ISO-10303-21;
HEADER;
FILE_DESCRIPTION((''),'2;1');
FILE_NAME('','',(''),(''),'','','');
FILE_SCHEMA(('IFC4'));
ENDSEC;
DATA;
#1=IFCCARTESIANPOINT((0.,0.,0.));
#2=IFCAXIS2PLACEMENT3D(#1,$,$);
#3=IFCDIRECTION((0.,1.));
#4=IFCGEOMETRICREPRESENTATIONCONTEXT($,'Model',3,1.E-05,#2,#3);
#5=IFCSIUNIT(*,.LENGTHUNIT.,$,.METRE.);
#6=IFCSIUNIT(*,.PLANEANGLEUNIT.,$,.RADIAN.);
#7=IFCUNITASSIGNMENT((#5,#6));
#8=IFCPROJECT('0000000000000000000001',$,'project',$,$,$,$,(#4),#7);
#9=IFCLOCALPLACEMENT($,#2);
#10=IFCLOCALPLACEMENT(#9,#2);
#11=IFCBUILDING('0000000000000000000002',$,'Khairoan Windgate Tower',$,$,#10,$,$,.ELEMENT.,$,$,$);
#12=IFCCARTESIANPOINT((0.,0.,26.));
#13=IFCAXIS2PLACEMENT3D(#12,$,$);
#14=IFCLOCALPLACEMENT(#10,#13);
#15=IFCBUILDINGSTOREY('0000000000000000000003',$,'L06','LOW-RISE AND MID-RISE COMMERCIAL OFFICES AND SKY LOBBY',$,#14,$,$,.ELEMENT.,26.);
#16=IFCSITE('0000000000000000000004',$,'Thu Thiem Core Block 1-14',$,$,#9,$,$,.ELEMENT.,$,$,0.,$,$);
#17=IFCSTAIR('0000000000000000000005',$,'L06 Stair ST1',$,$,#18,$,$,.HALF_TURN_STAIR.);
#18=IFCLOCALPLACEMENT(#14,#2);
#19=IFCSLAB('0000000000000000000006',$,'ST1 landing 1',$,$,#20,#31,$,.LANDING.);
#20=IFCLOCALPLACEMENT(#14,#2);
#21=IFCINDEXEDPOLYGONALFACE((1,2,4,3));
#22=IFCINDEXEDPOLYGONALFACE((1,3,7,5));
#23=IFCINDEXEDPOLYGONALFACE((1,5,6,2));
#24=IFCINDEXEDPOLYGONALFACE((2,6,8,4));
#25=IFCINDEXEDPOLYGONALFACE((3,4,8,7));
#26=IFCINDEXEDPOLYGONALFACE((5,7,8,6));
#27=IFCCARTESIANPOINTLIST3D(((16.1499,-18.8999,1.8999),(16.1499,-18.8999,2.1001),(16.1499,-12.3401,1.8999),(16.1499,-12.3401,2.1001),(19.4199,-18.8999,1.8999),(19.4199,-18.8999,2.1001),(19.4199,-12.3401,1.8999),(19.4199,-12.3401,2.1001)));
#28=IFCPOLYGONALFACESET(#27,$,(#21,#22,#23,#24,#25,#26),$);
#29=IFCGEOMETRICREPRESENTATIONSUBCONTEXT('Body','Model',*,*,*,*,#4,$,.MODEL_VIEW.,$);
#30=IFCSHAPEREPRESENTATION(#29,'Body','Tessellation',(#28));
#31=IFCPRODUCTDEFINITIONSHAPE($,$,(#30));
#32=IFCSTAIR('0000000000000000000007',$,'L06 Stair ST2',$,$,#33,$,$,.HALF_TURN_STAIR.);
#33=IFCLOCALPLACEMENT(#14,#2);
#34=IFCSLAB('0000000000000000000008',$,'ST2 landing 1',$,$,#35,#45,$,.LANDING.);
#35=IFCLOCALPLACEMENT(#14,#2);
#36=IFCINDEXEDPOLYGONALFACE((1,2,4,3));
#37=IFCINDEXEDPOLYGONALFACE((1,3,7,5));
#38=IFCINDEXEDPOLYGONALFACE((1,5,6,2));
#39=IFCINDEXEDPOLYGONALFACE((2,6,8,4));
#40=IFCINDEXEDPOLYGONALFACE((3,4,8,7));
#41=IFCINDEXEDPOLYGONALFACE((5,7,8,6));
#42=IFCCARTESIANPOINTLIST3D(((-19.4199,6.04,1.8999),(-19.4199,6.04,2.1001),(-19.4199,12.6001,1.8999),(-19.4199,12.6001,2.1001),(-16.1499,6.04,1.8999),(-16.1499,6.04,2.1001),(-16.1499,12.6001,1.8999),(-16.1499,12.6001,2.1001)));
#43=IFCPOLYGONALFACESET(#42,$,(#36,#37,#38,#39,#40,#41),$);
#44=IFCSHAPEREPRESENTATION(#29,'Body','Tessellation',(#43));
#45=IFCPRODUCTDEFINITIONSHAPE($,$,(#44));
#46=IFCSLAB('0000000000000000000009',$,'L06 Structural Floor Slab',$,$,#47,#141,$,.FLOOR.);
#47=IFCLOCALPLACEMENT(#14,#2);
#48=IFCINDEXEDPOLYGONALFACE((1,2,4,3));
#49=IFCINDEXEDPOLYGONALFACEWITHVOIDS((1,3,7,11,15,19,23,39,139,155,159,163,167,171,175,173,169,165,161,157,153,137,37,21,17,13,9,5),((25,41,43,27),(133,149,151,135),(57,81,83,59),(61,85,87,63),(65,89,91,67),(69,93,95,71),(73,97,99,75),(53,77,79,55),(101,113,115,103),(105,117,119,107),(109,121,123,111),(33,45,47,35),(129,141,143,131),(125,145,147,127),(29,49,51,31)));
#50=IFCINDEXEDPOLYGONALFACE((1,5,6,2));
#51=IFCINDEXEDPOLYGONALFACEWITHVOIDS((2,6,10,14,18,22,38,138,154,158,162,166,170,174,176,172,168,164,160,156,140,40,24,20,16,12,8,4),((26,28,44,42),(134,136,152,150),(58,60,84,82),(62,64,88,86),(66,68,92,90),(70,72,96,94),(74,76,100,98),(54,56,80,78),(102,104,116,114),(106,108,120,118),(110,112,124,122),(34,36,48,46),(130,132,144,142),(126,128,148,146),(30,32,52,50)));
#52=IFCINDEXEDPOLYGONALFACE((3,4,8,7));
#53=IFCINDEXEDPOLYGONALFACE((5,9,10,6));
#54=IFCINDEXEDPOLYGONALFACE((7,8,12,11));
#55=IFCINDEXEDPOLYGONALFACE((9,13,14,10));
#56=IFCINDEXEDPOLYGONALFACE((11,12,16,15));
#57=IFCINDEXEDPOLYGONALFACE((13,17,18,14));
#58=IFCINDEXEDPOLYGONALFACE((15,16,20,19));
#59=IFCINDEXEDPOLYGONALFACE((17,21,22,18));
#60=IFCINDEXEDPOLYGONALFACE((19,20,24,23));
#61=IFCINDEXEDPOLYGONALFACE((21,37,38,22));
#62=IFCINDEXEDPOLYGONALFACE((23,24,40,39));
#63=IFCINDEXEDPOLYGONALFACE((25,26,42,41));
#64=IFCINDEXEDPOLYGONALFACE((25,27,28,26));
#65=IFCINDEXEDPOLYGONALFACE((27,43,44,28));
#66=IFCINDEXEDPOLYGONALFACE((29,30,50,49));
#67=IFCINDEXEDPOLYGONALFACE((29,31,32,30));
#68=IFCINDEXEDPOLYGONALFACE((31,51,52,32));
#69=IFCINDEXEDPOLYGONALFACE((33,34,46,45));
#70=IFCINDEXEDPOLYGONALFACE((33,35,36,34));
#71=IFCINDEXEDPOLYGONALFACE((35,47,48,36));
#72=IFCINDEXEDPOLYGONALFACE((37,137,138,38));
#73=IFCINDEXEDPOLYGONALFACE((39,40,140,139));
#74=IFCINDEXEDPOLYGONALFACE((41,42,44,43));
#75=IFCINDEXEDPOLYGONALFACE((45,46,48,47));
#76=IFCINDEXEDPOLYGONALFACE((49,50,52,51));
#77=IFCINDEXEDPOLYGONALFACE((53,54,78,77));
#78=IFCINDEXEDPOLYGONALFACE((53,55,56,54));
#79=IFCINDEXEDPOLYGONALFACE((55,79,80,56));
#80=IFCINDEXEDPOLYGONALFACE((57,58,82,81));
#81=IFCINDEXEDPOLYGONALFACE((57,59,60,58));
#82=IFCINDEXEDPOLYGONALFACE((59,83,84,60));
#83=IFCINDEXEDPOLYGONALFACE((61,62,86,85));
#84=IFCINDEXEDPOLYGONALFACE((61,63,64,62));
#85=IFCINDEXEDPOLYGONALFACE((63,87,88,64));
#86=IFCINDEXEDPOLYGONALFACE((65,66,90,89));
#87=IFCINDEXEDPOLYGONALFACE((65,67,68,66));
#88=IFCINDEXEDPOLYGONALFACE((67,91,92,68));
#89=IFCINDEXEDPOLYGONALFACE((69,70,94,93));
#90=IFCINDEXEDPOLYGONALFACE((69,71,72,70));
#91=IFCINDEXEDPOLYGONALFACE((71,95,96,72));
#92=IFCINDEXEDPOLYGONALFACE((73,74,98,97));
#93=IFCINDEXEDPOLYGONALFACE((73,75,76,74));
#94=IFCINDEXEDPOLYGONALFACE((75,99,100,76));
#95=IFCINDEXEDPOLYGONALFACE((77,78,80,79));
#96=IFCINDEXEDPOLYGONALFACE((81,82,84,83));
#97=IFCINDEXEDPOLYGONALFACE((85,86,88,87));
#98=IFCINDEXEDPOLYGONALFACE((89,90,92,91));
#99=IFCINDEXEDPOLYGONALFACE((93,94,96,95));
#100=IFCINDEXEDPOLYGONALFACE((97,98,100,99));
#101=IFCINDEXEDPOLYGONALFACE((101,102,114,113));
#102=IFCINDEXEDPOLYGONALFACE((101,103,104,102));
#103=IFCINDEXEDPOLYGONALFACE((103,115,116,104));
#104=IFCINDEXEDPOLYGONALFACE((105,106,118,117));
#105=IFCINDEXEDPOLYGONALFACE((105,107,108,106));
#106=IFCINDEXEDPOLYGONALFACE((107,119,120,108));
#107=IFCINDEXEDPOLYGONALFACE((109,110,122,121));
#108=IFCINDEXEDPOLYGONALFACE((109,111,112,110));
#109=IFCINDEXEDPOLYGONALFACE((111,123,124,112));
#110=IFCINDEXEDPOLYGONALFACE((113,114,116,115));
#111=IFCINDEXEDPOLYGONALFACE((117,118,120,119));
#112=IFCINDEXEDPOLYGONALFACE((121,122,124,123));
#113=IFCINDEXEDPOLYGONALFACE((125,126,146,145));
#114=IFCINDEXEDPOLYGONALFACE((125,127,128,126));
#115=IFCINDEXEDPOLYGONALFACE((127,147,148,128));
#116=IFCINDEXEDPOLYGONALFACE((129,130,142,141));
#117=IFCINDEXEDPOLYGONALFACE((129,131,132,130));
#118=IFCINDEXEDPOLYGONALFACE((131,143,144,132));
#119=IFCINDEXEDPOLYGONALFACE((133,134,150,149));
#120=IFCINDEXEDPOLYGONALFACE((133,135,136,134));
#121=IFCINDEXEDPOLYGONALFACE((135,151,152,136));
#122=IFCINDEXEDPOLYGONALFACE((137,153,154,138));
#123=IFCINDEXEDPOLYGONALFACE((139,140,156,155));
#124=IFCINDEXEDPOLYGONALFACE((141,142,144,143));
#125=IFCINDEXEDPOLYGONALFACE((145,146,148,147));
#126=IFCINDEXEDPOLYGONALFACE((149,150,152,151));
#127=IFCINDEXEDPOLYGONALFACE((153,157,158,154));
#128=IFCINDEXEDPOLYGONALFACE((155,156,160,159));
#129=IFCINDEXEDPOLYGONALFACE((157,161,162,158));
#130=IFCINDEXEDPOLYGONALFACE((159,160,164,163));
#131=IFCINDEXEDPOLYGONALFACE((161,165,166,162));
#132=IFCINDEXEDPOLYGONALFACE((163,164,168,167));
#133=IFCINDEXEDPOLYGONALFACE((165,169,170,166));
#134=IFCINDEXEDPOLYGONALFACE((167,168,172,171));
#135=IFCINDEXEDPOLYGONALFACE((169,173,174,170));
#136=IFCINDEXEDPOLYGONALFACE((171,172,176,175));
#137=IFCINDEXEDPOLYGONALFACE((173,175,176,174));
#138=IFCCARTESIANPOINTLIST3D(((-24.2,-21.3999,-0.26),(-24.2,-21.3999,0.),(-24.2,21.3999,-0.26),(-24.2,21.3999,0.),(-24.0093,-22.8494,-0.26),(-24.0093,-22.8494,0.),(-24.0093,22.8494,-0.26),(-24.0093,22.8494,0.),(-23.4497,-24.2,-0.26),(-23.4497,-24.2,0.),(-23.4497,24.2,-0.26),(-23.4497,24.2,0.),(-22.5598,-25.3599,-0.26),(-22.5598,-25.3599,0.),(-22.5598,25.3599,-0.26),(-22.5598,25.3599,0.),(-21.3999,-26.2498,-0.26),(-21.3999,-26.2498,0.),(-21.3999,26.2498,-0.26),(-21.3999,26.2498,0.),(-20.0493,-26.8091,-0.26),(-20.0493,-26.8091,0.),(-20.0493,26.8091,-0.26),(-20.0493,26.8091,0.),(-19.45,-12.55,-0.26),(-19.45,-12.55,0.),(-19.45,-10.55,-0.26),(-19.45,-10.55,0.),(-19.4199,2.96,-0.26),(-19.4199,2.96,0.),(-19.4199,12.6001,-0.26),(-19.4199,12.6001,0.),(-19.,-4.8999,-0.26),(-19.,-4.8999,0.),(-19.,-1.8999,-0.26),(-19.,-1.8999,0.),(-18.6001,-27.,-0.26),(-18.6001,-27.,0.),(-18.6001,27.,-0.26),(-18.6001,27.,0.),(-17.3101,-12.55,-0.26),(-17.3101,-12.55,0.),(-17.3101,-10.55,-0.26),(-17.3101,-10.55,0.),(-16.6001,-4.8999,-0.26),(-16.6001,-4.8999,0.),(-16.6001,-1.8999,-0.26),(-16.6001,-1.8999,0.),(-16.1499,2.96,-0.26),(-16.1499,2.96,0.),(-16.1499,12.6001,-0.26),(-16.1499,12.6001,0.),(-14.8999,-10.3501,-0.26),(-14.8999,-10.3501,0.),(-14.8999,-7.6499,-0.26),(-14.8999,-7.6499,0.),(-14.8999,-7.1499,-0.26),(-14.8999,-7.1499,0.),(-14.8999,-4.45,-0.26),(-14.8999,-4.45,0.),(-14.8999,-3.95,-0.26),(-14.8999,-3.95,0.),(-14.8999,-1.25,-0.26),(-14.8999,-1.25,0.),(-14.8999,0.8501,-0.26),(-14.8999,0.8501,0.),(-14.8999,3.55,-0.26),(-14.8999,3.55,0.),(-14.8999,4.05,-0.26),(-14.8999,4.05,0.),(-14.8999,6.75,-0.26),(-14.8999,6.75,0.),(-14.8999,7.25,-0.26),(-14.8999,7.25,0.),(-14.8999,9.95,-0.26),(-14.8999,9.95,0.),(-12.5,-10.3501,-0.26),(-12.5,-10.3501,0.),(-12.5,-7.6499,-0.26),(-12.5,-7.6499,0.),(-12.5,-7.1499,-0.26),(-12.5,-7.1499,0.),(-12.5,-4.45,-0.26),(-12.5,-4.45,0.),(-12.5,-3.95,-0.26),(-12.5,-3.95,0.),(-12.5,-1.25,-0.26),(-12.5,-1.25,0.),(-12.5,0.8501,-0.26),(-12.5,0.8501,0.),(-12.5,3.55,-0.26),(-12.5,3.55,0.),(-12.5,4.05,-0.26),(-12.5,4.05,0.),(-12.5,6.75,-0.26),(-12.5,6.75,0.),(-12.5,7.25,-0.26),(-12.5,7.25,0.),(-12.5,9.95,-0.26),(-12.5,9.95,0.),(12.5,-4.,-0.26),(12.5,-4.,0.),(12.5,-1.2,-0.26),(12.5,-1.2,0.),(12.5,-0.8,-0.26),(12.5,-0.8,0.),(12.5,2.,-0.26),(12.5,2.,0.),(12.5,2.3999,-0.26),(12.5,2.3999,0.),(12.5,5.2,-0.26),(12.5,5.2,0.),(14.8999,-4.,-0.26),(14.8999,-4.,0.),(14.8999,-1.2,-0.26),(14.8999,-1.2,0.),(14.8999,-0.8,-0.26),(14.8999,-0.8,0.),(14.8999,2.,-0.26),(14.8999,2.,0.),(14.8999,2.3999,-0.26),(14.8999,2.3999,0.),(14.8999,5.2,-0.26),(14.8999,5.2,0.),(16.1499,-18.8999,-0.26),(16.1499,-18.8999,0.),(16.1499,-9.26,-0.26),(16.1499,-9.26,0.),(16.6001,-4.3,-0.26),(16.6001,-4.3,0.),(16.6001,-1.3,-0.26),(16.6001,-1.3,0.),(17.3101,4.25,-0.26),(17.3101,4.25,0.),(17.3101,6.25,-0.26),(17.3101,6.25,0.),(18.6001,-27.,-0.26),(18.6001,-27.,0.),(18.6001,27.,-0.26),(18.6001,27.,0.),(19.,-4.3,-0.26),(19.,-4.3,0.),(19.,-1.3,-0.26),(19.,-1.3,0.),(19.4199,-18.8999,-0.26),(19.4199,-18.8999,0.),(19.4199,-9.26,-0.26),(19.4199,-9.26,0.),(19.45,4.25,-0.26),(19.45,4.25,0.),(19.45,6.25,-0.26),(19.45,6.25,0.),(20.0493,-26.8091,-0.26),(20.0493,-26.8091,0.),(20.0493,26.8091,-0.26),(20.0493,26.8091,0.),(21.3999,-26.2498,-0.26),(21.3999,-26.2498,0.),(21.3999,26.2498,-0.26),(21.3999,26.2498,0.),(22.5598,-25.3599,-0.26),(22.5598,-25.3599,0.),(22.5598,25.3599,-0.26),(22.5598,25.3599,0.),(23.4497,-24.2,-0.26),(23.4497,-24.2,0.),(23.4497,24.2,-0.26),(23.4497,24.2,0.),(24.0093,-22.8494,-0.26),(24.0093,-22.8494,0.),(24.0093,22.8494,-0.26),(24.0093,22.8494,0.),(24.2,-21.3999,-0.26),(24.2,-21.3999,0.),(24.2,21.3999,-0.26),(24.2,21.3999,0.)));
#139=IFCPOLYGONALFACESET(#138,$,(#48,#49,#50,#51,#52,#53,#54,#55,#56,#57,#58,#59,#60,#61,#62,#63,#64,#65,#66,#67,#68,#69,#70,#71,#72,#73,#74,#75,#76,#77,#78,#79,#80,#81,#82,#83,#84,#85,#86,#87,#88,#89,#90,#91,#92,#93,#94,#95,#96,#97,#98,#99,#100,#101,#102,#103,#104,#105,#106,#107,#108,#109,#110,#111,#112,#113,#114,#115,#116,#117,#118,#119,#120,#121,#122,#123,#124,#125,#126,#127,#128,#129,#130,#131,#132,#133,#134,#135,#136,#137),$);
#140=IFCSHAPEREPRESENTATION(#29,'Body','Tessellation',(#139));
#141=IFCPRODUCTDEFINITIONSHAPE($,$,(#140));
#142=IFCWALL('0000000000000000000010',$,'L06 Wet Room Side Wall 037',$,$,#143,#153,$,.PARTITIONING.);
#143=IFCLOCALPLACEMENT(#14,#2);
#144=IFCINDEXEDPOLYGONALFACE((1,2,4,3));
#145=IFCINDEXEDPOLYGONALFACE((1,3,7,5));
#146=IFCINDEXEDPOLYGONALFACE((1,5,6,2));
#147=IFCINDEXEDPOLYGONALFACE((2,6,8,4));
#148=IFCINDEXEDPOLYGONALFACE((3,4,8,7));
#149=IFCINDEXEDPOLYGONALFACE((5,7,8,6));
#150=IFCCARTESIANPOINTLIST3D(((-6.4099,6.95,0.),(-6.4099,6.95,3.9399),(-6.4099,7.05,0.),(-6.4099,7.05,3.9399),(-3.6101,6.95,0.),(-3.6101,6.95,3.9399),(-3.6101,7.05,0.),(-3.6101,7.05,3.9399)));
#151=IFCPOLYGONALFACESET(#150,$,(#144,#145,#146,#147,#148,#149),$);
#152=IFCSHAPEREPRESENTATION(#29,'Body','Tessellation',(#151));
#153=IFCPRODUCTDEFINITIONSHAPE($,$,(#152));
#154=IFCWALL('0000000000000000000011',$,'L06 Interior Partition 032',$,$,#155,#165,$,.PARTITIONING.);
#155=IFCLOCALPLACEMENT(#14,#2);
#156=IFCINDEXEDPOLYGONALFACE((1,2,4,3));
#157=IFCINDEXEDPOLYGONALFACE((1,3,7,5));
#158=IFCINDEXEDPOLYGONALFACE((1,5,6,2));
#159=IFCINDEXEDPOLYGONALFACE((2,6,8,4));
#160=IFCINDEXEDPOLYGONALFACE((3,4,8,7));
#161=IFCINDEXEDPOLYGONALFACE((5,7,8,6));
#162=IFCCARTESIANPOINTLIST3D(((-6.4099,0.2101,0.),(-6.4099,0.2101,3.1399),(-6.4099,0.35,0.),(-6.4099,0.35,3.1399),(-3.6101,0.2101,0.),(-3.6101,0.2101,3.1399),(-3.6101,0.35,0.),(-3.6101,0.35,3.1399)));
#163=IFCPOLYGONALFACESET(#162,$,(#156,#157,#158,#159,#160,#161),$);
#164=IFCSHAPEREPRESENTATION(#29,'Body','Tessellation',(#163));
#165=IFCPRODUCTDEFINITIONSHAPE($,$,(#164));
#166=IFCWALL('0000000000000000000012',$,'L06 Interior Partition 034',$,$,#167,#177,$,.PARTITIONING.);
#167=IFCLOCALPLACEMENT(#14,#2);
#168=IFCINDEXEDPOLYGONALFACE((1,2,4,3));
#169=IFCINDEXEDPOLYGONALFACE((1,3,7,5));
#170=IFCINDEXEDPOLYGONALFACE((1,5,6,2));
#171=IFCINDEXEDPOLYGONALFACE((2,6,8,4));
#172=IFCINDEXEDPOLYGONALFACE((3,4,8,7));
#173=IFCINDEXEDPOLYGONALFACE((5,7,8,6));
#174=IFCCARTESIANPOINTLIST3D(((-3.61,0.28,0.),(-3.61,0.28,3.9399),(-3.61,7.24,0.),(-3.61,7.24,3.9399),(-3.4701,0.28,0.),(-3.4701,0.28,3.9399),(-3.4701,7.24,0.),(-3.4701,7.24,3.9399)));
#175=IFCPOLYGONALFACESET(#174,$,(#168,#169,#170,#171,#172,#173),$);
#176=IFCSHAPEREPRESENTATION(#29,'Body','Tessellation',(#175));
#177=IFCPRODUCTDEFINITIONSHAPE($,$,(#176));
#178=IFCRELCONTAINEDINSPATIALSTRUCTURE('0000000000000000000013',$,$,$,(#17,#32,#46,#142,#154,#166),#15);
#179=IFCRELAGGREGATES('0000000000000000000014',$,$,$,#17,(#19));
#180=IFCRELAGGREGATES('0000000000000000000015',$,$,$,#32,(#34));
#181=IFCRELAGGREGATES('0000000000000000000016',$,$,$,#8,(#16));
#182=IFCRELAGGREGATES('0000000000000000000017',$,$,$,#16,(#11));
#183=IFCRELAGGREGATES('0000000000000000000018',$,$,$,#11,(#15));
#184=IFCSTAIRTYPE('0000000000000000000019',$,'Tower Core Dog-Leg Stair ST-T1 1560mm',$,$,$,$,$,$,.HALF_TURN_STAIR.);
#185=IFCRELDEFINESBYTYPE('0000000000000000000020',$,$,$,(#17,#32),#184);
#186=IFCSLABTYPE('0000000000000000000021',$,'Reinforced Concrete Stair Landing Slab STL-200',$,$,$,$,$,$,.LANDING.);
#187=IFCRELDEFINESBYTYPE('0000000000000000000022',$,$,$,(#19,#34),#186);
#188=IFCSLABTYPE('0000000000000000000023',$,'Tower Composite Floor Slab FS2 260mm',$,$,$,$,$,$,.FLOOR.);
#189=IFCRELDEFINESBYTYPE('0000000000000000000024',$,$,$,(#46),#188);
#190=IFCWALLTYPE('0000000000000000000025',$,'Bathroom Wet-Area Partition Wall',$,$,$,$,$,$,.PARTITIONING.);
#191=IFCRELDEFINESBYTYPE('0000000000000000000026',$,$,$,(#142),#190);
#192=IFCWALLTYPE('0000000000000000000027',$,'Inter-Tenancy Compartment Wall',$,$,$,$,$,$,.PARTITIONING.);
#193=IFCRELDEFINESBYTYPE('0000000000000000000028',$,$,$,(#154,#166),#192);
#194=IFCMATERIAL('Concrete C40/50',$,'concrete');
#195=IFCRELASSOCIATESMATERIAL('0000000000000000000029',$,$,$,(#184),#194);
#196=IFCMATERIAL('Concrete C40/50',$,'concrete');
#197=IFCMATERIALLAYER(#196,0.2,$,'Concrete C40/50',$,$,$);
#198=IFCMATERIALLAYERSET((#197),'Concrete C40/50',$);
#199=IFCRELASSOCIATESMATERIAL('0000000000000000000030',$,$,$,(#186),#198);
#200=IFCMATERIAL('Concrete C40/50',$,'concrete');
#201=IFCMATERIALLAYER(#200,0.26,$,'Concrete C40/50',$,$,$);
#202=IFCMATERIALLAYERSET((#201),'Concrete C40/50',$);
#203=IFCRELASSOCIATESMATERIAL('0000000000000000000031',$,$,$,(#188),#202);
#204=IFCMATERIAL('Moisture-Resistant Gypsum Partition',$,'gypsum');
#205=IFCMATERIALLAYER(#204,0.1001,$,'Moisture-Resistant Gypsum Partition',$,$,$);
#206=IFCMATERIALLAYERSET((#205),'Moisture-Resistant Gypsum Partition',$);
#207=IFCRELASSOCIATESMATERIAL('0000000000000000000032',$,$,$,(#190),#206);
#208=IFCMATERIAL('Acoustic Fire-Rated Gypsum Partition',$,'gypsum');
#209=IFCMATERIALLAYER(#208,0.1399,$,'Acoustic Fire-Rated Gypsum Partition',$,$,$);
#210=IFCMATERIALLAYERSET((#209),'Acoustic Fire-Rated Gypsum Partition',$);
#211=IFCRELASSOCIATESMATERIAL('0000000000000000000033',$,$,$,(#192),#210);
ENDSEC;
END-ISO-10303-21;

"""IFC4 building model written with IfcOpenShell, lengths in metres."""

from ifc_helpers import new_model, si_unit, direction, frame, frame_2d, origin, place, context, subcontext, project, spatial, polyline, rectangle, outline, extrude, material, layer, layer_set, type_object, element, aggregate, save


model = new_model("IFC4")

# Units and contexts
model_context = context("Model", 3, precision=1e-05, world=origin(), true_north=direction((0.0, 1.0)))
body_context = subcontext(model_context, "Body", "Model", "MODEL_VIEW")
ifc_project = project(units=[si_unit("LENGTHUNIT", "METRE"), si_unit("PLANEANGLEUNIT", "RADIAN")], contexts=[model_context])

# Site, building, storey
site_placement = place(None, origin())
site = spatial("IfcSite", under=ifc_project, at=site_placement, Name="Thu Thiem Core Block 1-14", CompositionType="ELEMENT", RefElevation=0.0)
building_placement = place(site_placement, origin())
building = spatial("IfcBuilding", under=site, at=building_placement, Name="Khairoan Windgate Tower", CompositionType="ELEMENT")
storey_placement = place(building_placement, frame((0.0, 0.0, 26.0)))
storey = spatial("IfcBuildingStorey", under=building, at=storey_placement, Name="L06", Description="LOW-RISE AND MID-RISE COMMERCIAL OFFICES AND SKY LOBBY", CompositionType="ELEMENT", Elevation=26.0)

# Stairs, slabs
ifc_material_1 = material(Name="Concrete C40/50", Category="concrete")
stair_type = type_object("IfcStairType", Name="Tower Core Dog-Leg Stair ST-T1 1560mm", PredefinedType="HALF_TURN_STAIR", material=ifc_material_1)
stair_1_placement = place(storey_placement, origin())
stair_1 = element("IfcStair", 1, at=stair_1_placement, inside=storey, type_object=stair_type, Name="L06 Stair ST1", PredefinedType="HALF_TURN_STAIR")
ifc_material_2 = material(Name="Concrete C40/50", Category="concrete")
ifc_layer_1 = layer(ifc_material_2, 0.2, Name="Concrete C40/50")
ifc_layer_set_1 = layer_set([ifc_layer_1], Name="Concrete C40/50")
slab_type_1 = type_object("IfcSlabType", Name="Reinforced Concrete Stair Landing Slab STL-200", PredefinedType="LANDING", material=ifc_layer_set_1)
slab_1_placement = place(storey_placement, frame((0.0, 0.0, 1.8999)))
slab_1 = element("IfcSlab", 2, at=slab_1_placement, type_object=slab_type_1, Name="ST1 landing 1", PredefinedType="LANDING", context=body_context, shape_type="SweptSolid", body=[
    extrude(outline(polyline([(16.1499, -12.3401), (16.1499, -18.8999), (19.4199, -18.8999), (19.4199, -12.3401), (16.1499, -12.3401)])), origin(), (0.0, 0.0, 1.0), 0.2002),
])
aggregate(stair_1, [slab_1])
stair_2_placement = place(storey_placement, origin())
stair_2 = element("IfcStair", 3, at=stair_2_placement, inside=storey, type_object=stair_type, Name="L06 Stair ST2", PredefinedType="HALF_TURN_STAIR")
slab_2_placement = place(storey_placement, frame((0.0, 0.0, 1.8999)))
slab_2 = element("IfcSlab", 4, at=slab_2_placement, type_object=slab_type_1, Name="ST2 landing 1", PredefinedType="LANDING", context=body_context, shape_type="SweptSolid", body=[
    extrude(outline(polyline([(-16.1499, 6.04), (-16.1499, 12.6001), (-19.4199, 12.6001), (-19.4199, 6.04), (-16.1499, 6.04)])), origin(), (0.0, 0.0, 1.0), 0.2002),
])
aggregate(stair_2, [slab_2])

# Slab
ifc_material_3 = material(Name="Concrete C40/50", Category="concrete")
ifc_layer_2 = layer(ifc_material_3, 0.26, Name="Concrete C40/50")
ifc_layer_set_2 = layer_set([ifc_layer_2], Name="Concrete C40/50")
slab_type_2 = type_object("IfcSlabType", Name="Tower Composite Floor Slab FS2 260mm", PredefinedType="FLOOR", material=ifc_layer_set_2)
slab_3_placement = place(storey_placement, frame((0.0, 0.0, -0.26)))
element("IfcSlab", 5, at=slab_3_placement, inside=storey, type_object=slab_type_2, Name="L06 Structural Floor Slab", PredefinedType="FLOOR", context=body_context, shape_type="SweptSolid", body=[
    extrude(outline(polyline([(18.6001, -27.0), (20.0493, -26.8091), (21.3999, -26.2498), (22.5598, -25.3599), (23.4497, -24.2), (24.0093, -22.8494), (24.2, -21.3999), (24.2, 21.3999), (24.0093, 22.8494), (23.4497, 24.2), (22.5598, 25.3599), (21.3999, 26.2498), (20.0493, 26.8091), (18.6001, 27.0), (-18.6001, 27.0), (-20.0493, 26.8091), (-21.3999, 26.2498), (-22.5598, 25.3599), (-23.4497, 24.2), (-24.0093, 22.8494), (-24.2, 21.3999), (-24.2, -21.3999), (-24.0093, -22.8494), (-23.4497, -24.2), (-22.5598, -25.3599), (-21.3999, -26.2498), (-20.0493, -26.8091), (-18.6001, -27.0), (18.6001, -27.0)]), holes=[polyline([(16.1499, -9.26), (16.1499, -18.8999), (19.4199, -18.8999), (19.4199, -9.26), (16.1499, -9.26)]), polyline([(-16.1499, 2.96), (-16.1499, 12.6001), (-19.4199, 12.6001), (-19.4199, 2.96), (-16.1499, 2.96)]), polyline([(-14.8999, 7.25), (-12.5, 7.25), (-12.5, 9.95), (-14.8999, 9.95), (-14.8999, 7.25)]), polyline([(-14.8999, 4.05), (-12.5, 4.05), (-12.5, 6.75), (-14.8999, 6.75), (-14.8999, 4.05)]), polyline([(-14.8999, 0.8501), (-12.5, 0.8501), (-12.5, 3.55), (-14.8999, 3.55), (-14.8999, 0.8501)]), polyline([(-14.8999, -3.95), (-12.5, -3.95), (-12.5, -1.25), (-14.8999, -1.25), (-14.8999, -3.95)]), polyline([(-14.8999, -7.1499), (-12.5, -7.1499), (-12.5, -4.45), (-14.8999, -4.45), (-14.8999, -7.1499)]), polyline([(-14.8999, -10.3501), (-12.5, -10.3501), (-12.5, -7.6499), (-14.8999, -7.6499), (-14.8999, -10.3501)]), polyline([(12.5, 2.3999), (14.8999, 2.3999), (14.8999, 5.2), (12.5, 5.2), (12.5, 2.3999)]), polyline([(12.5, -0.8), (14.8999, -0.8), (14.8999, 2.0), (12.5, 2.0), (12.5, -0.8)]), polyline([(12.5, -4.0), (14.8999, -4.0), (14.8999, -1.2), (12.5, -1.2), (12.5, -4.0)]), polyline([(16.6001, -4.3), (19.0, -4.3), (19.0, -1.3), (16.6001, -1.3), (16.6001, -4.3)]), polyline([(-19.0, -4.8999), (-16.6001, -4.8999), (-16.6001, -1.8999), (-19.0, -1.8999), (-19.0, -4.8999)]), polyline([(-19.45, -12.55), (-17.3101, -12.55), (-17.3101, -10.55), (-19.45, -10.55), (-19.45, -12.55)]), polyline([(17.3101, 4.25), (19.45, 4.25), (19.45, 6.25), (17.3101, 6.25), (17.3101, 4.25)])]), origin(), (0.0, 0.0, 1.0), 0.26),
])

# Walls
ifc_material_4 = material(Name="Moisture-Resistant Gypsum Partition", Category="gypsum")
ifc_layer_3 = layer(ifc_material_4, 0.1001, Name="Moisture-Resistant Gypsum Partition")
ifc_layer_set_3 = layer_set([ifc_layer_3], Name="Moisture-Resistant Gypsum Partition")
wall_type_1 = type_object("IfcWallType", Name="Bathroom Wet-Area Partition Wall", PredefinedType="PARTITIONING", material=ifc_layer_set_3)
wall_1_placement = place(storey_placement, frame((-6.4099, 7.0, 0.0), z_axis=(0.0, 0.0, 1.0), x_axis=(1.0, 0.0, 0.0)))
element("IfcWall", 6, at=wall_1_placement, inside=storey, type_object=wall_type_1, Name="L06 Wet Room Side Wall 037", PredefinedType="PARTITIONING", context=body_context, shape_type="SweptSolid", body=[
    extrude(rectangle(XDim=2.7998, YDim=0.1001, at=frame_2d((1.3999, 0.0))), origin(), (0.0, 0.0, 1.0), 3.9399),
])
ifc_material_5 = material(Name="Acoustic Fire-Rated Gypsum Partition", Category="gypsum")
ifc_layer_4 = layer(ifc_material_5, 0.1399, Name="Acoustic Fire-Rated Gypsum Partition")
ifc_layer_set_4 = layer_set([ifc_layer_4], Name="Acoustic Fire-Rated Gypsum Partition")
wall_type_2 = type_object("IfcWallType", Name="Inter-Tenancy Compartment Wall", PredefinedType="PARTITIONING", material=ifc_layer_set_4)
wall_2_placement = place(storey_placement, frame((-6.4099, 0.28, 0.0), z_axis=(0.0, 0.0, 1.0), x_axis=(1.0, 0.0, 0.0)))
element("IfcWall", 7, at=wall_2_placement, inside=storey, type_object=wall_type_2, Name="L06 Interior Partition 032", PredefinedType="PARTITIONING", context=body_context, shape_type="SweptSolid", body=[
    extrude(rectangle(XDim=2.7998, YDim=0.1399, at=frame_2d((1.3999, 0.0))), origin(), (0.0, 0.0, 1.0), 3.1399),
])
wall_3_placement = place(storey_placement, frame((-3.54, 0.28, 0.0), z_axis=(0.0, 0.0, 1.0), x_axis=(0.0, 1.0, 0.0)))
element("IfcWall", 8, at=wall_3_placement, inside=storey, type_object=wall_type_2, Name="L06 Interior Partition 034", PredefinedType="PARTITIONING", context=body_context, shape_type="SweptSolid", body=[
    extrude(rectangle(XDim=6.96, YDim=0.1399, at=frame_2d((3.48, 0.0))), origin(), (0.0, 0.0, 1.0), 3.9399),
])

save(model, "model.ifc")
